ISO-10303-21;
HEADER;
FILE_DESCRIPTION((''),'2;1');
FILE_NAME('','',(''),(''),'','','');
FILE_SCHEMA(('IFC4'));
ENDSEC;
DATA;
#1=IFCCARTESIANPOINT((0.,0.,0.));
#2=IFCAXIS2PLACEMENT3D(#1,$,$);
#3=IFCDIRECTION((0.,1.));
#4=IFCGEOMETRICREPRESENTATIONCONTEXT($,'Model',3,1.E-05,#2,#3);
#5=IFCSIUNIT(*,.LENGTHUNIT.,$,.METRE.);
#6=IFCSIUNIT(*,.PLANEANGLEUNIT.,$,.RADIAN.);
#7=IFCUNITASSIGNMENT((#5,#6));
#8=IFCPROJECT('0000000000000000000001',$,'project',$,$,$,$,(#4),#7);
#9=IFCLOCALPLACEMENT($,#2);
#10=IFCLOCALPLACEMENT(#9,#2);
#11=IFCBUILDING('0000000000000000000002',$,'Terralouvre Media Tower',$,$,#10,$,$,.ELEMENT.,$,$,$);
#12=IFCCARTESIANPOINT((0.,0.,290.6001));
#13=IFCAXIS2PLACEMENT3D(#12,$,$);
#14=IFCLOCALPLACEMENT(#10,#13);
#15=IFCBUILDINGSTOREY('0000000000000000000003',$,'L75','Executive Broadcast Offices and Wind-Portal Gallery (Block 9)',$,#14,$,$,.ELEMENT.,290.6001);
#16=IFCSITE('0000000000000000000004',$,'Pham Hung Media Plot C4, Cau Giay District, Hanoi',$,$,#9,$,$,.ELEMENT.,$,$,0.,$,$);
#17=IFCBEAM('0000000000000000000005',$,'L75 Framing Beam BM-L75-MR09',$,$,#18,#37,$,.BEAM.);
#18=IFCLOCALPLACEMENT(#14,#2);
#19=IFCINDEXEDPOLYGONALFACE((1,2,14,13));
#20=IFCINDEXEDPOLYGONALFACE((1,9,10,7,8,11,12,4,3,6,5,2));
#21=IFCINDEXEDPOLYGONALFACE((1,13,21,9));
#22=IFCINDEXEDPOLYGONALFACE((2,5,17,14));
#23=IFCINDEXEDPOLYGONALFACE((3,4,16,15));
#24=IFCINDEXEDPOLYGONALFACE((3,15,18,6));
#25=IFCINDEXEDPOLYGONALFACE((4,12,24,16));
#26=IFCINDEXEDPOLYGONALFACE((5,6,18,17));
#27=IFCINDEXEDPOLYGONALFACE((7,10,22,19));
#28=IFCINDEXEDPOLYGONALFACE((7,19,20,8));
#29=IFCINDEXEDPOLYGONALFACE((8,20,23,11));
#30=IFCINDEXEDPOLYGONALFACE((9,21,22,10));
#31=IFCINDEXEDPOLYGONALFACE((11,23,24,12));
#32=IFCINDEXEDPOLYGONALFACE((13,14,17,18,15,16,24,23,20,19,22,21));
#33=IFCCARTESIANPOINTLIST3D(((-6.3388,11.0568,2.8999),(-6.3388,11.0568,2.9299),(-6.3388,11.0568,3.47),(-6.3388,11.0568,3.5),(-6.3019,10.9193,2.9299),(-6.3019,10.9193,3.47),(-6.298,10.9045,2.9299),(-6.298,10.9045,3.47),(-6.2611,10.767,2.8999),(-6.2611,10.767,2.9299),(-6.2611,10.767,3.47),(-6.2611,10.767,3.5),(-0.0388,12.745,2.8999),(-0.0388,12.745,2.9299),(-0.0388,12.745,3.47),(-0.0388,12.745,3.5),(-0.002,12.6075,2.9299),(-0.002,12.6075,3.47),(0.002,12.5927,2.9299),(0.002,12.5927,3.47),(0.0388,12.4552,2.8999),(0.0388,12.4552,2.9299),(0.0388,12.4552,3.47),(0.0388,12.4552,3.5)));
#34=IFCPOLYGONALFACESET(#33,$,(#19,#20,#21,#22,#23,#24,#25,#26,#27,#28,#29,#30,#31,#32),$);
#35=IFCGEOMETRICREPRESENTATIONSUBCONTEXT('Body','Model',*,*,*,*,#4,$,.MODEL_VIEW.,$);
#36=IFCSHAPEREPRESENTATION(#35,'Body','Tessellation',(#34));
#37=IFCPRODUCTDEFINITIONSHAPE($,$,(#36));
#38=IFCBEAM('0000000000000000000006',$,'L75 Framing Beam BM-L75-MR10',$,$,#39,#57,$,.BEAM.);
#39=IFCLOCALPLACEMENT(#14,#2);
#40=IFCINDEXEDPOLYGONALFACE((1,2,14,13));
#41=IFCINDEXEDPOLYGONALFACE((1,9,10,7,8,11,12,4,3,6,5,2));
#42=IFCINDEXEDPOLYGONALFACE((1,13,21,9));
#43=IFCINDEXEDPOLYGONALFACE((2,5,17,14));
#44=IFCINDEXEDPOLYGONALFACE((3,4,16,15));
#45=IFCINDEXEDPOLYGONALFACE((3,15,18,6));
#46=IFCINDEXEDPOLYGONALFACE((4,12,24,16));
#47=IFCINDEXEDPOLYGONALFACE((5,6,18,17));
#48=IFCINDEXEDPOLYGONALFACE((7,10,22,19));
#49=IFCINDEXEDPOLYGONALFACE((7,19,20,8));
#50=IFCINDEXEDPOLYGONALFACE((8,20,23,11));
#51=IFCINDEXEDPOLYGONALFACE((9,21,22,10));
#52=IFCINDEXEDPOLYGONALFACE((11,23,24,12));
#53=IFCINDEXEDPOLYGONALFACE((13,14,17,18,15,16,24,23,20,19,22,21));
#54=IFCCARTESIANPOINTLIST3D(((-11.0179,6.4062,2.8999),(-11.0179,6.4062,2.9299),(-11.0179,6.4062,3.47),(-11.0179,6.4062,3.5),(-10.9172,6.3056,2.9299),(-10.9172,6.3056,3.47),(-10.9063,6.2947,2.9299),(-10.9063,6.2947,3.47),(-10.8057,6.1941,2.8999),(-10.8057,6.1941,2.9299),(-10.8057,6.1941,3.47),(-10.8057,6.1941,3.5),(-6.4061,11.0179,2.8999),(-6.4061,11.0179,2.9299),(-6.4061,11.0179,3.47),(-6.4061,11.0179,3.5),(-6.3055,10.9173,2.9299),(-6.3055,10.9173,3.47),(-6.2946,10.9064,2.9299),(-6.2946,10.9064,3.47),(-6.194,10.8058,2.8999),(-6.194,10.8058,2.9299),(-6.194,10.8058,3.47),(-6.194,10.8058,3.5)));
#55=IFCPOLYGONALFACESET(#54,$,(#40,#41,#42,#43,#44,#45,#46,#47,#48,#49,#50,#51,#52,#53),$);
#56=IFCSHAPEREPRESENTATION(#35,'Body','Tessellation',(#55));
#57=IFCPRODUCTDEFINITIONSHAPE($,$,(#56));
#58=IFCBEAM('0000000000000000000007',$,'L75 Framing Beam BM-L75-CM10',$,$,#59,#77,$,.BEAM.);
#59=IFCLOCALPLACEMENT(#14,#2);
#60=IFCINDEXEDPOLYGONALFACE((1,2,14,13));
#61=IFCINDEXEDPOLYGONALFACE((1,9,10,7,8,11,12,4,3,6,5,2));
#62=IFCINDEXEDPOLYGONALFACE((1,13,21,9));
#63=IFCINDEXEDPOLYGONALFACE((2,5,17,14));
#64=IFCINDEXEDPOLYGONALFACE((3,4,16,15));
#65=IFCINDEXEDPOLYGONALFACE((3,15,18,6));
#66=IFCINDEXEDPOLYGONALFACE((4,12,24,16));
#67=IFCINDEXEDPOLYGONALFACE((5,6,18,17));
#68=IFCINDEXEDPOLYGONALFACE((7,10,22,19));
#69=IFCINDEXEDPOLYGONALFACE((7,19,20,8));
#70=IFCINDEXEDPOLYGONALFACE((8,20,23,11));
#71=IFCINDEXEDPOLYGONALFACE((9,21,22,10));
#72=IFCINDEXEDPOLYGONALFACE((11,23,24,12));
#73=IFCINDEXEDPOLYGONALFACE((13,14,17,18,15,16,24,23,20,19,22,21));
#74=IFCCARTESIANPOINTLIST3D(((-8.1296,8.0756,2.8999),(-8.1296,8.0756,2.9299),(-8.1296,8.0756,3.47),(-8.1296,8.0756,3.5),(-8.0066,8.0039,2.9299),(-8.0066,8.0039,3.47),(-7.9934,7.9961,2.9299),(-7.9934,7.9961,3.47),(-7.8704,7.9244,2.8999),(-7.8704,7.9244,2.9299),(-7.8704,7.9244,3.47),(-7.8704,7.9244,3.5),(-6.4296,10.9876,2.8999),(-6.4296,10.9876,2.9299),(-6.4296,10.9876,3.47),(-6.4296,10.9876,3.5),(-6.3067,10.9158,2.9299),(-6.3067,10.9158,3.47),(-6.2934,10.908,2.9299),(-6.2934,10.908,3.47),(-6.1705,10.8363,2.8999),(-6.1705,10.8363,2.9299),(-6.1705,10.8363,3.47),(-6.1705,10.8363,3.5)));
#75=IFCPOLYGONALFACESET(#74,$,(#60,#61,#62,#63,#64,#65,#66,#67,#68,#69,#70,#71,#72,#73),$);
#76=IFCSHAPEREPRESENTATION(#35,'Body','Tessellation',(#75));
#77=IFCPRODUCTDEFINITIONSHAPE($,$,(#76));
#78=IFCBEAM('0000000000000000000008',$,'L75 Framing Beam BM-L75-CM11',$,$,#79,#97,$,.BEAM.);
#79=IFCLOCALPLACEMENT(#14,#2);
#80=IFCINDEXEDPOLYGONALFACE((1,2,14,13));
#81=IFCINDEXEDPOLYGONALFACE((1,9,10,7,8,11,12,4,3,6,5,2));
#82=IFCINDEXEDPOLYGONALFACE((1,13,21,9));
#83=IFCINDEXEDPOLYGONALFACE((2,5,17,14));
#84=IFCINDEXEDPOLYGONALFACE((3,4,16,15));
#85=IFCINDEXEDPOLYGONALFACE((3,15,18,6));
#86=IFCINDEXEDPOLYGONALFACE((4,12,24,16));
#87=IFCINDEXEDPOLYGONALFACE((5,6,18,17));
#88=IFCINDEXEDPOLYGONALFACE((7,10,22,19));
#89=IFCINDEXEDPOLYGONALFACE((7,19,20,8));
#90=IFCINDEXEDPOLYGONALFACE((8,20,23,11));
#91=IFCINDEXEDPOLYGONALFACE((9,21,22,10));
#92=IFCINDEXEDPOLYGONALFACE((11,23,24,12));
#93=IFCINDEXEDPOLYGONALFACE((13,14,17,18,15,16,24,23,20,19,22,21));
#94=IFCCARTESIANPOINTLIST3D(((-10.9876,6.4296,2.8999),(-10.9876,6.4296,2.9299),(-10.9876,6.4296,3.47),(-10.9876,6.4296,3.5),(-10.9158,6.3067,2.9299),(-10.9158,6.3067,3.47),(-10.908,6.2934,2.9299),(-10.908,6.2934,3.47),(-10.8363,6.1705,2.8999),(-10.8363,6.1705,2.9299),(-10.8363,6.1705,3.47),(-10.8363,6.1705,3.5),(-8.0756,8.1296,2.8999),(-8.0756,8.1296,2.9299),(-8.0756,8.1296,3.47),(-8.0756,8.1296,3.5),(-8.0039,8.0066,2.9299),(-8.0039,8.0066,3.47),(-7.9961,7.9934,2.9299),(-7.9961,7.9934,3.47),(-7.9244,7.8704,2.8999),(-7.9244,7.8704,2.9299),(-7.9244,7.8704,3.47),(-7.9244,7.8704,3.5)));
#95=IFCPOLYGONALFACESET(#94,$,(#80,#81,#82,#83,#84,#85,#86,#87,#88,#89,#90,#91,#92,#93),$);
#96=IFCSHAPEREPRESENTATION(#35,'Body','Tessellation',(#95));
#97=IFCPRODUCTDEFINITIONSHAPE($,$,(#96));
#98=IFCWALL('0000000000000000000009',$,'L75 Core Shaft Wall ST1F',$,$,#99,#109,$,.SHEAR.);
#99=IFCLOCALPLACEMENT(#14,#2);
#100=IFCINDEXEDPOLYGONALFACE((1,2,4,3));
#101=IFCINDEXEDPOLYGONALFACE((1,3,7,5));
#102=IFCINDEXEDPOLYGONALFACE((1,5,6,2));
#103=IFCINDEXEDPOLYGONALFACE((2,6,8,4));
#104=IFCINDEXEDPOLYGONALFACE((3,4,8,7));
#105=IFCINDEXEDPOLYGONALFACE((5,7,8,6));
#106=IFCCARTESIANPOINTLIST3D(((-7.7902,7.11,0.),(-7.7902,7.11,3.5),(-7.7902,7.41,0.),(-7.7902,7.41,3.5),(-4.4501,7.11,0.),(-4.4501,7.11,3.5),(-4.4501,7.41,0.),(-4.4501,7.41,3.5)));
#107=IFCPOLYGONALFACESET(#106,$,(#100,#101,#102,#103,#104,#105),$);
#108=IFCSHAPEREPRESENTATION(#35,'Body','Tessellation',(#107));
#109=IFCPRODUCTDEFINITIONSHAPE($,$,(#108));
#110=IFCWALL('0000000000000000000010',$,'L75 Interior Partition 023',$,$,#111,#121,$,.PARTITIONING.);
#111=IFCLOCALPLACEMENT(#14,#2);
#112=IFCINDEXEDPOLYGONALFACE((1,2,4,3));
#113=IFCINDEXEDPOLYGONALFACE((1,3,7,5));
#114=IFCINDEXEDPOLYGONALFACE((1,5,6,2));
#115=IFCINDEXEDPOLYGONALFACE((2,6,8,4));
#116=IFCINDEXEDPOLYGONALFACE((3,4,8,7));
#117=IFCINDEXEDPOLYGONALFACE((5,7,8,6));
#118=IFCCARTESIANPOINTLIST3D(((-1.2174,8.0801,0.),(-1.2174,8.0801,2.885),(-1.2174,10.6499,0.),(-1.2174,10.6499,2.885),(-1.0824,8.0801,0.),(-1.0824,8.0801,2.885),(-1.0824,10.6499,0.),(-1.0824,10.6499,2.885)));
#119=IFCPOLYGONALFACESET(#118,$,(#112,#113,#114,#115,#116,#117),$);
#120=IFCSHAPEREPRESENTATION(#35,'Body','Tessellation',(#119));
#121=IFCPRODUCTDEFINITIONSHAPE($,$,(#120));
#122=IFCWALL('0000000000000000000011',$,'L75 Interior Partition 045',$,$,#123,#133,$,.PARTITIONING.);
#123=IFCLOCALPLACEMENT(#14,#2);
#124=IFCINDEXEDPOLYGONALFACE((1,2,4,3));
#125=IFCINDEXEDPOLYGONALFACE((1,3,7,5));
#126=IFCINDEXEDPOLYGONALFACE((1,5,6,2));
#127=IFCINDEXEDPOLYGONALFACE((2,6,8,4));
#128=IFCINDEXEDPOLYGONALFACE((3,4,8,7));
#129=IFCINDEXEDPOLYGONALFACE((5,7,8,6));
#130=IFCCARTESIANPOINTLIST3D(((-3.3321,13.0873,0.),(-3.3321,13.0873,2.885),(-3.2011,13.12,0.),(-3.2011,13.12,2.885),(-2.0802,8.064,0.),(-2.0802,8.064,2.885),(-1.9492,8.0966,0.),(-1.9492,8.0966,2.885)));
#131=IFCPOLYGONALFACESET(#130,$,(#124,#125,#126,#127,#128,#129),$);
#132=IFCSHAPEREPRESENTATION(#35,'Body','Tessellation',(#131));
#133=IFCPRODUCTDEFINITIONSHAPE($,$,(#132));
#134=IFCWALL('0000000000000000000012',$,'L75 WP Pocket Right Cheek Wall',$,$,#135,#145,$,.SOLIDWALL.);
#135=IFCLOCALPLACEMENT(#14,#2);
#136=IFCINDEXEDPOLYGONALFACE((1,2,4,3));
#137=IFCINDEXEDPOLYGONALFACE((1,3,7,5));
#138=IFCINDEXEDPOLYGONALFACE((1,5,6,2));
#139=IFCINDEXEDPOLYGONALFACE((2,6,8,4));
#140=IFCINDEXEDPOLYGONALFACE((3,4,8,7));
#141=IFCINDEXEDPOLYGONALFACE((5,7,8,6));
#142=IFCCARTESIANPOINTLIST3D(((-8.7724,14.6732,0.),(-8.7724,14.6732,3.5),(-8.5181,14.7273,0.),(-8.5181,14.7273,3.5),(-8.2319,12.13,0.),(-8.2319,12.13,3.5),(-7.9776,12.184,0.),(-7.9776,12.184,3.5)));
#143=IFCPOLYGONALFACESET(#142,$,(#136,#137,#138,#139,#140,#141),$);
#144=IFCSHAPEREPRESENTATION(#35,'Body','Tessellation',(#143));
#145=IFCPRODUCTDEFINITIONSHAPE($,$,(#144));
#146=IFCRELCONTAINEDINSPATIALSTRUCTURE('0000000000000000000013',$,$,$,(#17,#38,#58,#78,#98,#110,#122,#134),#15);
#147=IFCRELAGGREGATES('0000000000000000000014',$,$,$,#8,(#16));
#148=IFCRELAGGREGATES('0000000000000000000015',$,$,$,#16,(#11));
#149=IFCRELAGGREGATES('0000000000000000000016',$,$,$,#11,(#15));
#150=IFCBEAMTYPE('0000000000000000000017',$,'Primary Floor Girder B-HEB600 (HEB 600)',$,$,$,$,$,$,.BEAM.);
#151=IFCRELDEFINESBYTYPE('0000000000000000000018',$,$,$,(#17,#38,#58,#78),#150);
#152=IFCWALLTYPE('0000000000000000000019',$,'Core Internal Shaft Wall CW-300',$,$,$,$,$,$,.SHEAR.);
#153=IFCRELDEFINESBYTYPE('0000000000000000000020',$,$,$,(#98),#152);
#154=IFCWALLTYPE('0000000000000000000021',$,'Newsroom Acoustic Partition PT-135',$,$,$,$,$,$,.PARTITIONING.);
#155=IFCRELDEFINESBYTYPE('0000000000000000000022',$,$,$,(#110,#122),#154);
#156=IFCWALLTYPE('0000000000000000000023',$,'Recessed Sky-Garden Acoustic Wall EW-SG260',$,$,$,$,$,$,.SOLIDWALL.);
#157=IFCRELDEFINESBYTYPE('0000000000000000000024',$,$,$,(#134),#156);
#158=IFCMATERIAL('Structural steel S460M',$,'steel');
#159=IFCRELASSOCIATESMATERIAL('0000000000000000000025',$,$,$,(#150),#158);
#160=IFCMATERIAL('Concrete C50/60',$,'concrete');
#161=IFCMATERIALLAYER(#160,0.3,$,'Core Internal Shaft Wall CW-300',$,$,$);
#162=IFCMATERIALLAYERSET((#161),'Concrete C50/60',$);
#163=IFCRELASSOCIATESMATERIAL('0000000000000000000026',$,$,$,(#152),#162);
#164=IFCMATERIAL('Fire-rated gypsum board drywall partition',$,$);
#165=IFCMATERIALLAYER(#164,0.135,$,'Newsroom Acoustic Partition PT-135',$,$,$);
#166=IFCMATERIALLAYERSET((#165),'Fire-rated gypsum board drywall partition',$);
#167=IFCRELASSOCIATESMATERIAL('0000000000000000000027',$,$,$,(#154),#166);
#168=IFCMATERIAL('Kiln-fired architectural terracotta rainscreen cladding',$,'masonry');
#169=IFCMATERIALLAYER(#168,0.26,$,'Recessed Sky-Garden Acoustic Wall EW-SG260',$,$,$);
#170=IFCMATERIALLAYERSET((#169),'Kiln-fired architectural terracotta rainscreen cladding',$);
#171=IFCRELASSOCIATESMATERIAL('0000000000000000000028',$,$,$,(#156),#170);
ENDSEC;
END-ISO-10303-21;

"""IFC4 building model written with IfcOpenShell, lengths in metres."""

from ifc_helpers import new_model, si_unit, direction, frame, frame_2d, origin, origin_2d, place, context, subcontext, project, spatial, rectangle, i_section, extrude, material, layer, layer_set, material_profile, profile_set, type_object, element, save


model = new_model("IFC4")

# Units and contexts
model_context = context("Model", 3, precision=1e-05, world=origin(), true_north=direction((0.0, 1.0)))
body_context = subcontext(model_context, "Body", "Model", "MODEL_VIEW")
ifc_project = project(units=[si_unit("LENGTHUNIT", "METRE"), si_unit("PLANEANGLEUNIT", "RADIAN")], contexts=[model_context])

# Site, building, storey
site_placement = place(None, origin())
site = spatial("IfcSite", under=ifc_project, at=site_placement, Name="Pham Hung Media Plot C4, Cau Giay District, Hanoi", CompositionType="ELEMENT", RefElevation=0.0)
building_placement = place(site_placement, origin())
building = spatial("IfcBuilding", under=site, at=building_placement, Name="Terralouvre Media Tower", CompositionType="ELEMENT")
storey_placement = place(building_placement, frame((0.0, 0.0, 290.6001)))
storey = spatial("IfcBuildingStorey", under=building, at=storey_placement, Name="L75", Description="Executive Broadcast Offices and Wind-Portal Gallery (Block 9)", CompositionType="ELEMENT", Elevation=290.6001)

# Beams
ifc_material_1 = material(Name="Structural steel S460M", Category="steel")
ifc_material_profile_1 = material_profile(ifc_material_1, i_section(OverallWidth=0.3, OverallDepth=0.6001, WebThickness=0.0154, FlangeThickness=0.03, at=origin_2d()), Name="HEB 600")
ifc_profile_set_1 = profile_set([ifc_material_profile_1], Name="Structural steel S460M")
beam_type_1 = type_object("IfcBeamType", Name="Primary Floor Girder B-HEB600 (HEB 600)", PredefinedType="BEAM", material=ifc_profile_set_1)
beam_1_placement = place(storey_placement, frame((0.0, 12.6001, 3.2), z_axis=(-0.96592, -0.258839, 0.0), x_axis=(0.258839, -0.96592, 0.0)))
element("IfcBeam", 1, at=beam_1_placement, inside=storey, type_object=beam_type_1, Name="L75 Framing Beam BM-L75-MR09", PredefinedType="BEAM", context=body_context, shape_type="SweptSolid", body=[
    extrude(i_section(OverallWidth=0.3, OverallDepth=0.6001, WebThickness=0.0154, FlangeThickness=0.03, at=origin_2d()), origin(), (0.0, 0.0, 1.0), 6.5222),
])
beam_2_placement = place(storey_placement, frame((-6.3, 10.9119, 3.2), z_axis=(-0.707107, -0.707107, 0.0), x_axis=(0.707107, -0.707107, 0.0)))
element("IfcBeam", 2, at=beam_2_placement, inside=storey, type_object=beam_type_1, Name="L75 Framing Beam BM-L75-MR10", PredefinedType="BEAM", context=body_context, shape_type="SweptSolid", body=[
    extrude(i_section(OverallWidth=0.3, OverallDepth=0.6001, WebThickness=0.0154, FlangeThickness=0.03, at=origin_2d()), origin(), (0.0, 0.0, 1.0), 6.522),
])
for number, where, z_axis, x_axis, name in (
    (3, (-8.0, 8.0, 3.2), (0.504173, 0.863603, 0.0), (-0.863603, 0.504173, 0.0), "L75 Framing Beam BM-L75-CM10"),
    (4, (-8.0, 8.0, 3.2), (-0.863603, -0.504173, 0.0), (0.504173, -0.863603, 0.0), "L75 Framing Beam BM-L75-CM11"),
):
    element("IfcBeam", number, at=place(storey_placement, frame(where, z_axis=z_axis, x_axis=x_axis)), inside=storey, type_object=beam_type_1, Name=name, PredefinedType="BEAM", context=body_context, shape_type="SweptSolid", body=[
        extrude(i_section(OverallWidth=0.3, OverallDepth=0.6001, WebThickness=0.0154, FlangeThickness=0.03, at=origin_2d()), origin(), (0.0, 0.0, 1.0), 3.3718),
    ])

# Wall
ifc_material_2 = material(Name="Concrete C50/60", Category="concrete")
ifc_layer_1 = layer(ifc_material_2, 0.3, Name="Core Internal Shaft Wall CW-300")
ifc_layer_set_1 = layer_set([ifc_layer_1], Name="Concrete C50/60")
wall_type_1 = type_object("IfcWallType", Name="Core Internal Shaft Wall CW-300", PredefinedType="SHEAR", material=ifc_layer_set_1)
wall_1_placement = place(storey_placement, frame((-7.79, 7.26, 0.0), z_axis=(0.0, 0.0, 1.0), x_axis=(1.0, 0.0, 0.0)))
element("IfcWall", 5, at=wall_1_placement, inside=storey, type_object=wall_type_1, Name="L75 Core Shaft Wall ST1F", PredefinedType="SHEAR", context=body_context, shape_type="SweptSolid", body=[
    extrude(rectangle(XDim=3.3401, YDim=0.3, at=frame_2d((1.6699, 0.0))), origin(), (0.0, 0.0, 1.0), 3.5),
])

# Walls
ifc_material_3 = material(Name="Fire-rated gypsum board drywall partition")
ifc_layer_2 = layer(ifc_material_3, 0.135, Name="Newsroom Acoustic Partition PT-135")
ifc_layer_set_2 = layer_set([ifc_layer_2], Name="Fire-rated gypsum board drywall partition")
wall_type_2 = type_object("IfcWallType", Name="Newsroom Acoustic Partition PT-135", PredefinedType="PARTITIONING", material=ifc_layer_set_2)
wall_2_placement = place(storey_placement, frame((-1.1499, 10.6499, 0.0), z_axis=(0.0, 0.0, 1.0), x_axis=(0.0, -1.0, 0.0)))
element("IfcWall", 6, at=wall_2_placement, inside=storey, type_object=wall_type_2, Name="L75 Interior Partition 023", PredefinedType="PARTITIONING", context=body_context, shape_type="SweptSolid", body=[
    extrude(rectangle(XDim=2.5698, YDim=0.135, at=frame_2d((1.2849, 0.0))), origin(), (0.0, 0.0, 1.0), 2.885),
])
wall_3_placement = place(storey_placement, frame((-3.2666, 13.1035, 0.0), z_axis=(0.0, 0.0, 1.0), x_axis=(0.241825, -0.97032, 0.0)))
element("IfcWall", 7, at=wall_3_placement, inside=storey, type_object=wall_type_2, Name="L75 Interior Partition 045", PredefinedType="PARTITIONING", context=body_context, shape_type="SweptSolid", body=[
    extrude(rectangle(XDim=5.177, YDim=0.135, at=frame_2d((2.5884, 0.0))), origin(), (0.0, 0.0, 1.0), 2.885),
])
ifc_material_4 = material(Name="Kiln-fired architectural terracotta rainscreen cladding", Category="masonry")
ifc_layer_3 = layer(ifc_material_4, 0.26, Name="Recessed Sky-Garden Acoustic Wall EW-SG260")
ifc_layer_set_3 = layer_set([ifc_layer_3], Name="Kiln-fired architectural terracotta rainscreen cladding")
wall_type_3 = type_object("IfcWallType", Name="Recessed Sky-Garden Acoustic Wall EW-SG260", PredefinedType="SOLIDWALL", material=ifc_layer_set_3)
wall_4_placement = place(storey_placement, frame((-8.1047, 12.157, 0.0), z_axis=(0.0, 0.0, 1.0), x_axis=(-0.207894, 0.978151, 0.0)))
element("IfcWall", 8, at=wall_4_placement, inside=storey, type_object=wall_type_3, Name="L75 WP Pocket Right Cheek Wall", PredefinedType="SOLIDWALL", context=body_context, shape_type="SweptSolid", body=[
    extrude(rectangle(XDim=2.6001, YDim=0.26, at=frame_2d((1.3, 0.0))), origin(), (0.0, 0.0, 1.0), 3.5),
])

save(model, "model.ifc")
